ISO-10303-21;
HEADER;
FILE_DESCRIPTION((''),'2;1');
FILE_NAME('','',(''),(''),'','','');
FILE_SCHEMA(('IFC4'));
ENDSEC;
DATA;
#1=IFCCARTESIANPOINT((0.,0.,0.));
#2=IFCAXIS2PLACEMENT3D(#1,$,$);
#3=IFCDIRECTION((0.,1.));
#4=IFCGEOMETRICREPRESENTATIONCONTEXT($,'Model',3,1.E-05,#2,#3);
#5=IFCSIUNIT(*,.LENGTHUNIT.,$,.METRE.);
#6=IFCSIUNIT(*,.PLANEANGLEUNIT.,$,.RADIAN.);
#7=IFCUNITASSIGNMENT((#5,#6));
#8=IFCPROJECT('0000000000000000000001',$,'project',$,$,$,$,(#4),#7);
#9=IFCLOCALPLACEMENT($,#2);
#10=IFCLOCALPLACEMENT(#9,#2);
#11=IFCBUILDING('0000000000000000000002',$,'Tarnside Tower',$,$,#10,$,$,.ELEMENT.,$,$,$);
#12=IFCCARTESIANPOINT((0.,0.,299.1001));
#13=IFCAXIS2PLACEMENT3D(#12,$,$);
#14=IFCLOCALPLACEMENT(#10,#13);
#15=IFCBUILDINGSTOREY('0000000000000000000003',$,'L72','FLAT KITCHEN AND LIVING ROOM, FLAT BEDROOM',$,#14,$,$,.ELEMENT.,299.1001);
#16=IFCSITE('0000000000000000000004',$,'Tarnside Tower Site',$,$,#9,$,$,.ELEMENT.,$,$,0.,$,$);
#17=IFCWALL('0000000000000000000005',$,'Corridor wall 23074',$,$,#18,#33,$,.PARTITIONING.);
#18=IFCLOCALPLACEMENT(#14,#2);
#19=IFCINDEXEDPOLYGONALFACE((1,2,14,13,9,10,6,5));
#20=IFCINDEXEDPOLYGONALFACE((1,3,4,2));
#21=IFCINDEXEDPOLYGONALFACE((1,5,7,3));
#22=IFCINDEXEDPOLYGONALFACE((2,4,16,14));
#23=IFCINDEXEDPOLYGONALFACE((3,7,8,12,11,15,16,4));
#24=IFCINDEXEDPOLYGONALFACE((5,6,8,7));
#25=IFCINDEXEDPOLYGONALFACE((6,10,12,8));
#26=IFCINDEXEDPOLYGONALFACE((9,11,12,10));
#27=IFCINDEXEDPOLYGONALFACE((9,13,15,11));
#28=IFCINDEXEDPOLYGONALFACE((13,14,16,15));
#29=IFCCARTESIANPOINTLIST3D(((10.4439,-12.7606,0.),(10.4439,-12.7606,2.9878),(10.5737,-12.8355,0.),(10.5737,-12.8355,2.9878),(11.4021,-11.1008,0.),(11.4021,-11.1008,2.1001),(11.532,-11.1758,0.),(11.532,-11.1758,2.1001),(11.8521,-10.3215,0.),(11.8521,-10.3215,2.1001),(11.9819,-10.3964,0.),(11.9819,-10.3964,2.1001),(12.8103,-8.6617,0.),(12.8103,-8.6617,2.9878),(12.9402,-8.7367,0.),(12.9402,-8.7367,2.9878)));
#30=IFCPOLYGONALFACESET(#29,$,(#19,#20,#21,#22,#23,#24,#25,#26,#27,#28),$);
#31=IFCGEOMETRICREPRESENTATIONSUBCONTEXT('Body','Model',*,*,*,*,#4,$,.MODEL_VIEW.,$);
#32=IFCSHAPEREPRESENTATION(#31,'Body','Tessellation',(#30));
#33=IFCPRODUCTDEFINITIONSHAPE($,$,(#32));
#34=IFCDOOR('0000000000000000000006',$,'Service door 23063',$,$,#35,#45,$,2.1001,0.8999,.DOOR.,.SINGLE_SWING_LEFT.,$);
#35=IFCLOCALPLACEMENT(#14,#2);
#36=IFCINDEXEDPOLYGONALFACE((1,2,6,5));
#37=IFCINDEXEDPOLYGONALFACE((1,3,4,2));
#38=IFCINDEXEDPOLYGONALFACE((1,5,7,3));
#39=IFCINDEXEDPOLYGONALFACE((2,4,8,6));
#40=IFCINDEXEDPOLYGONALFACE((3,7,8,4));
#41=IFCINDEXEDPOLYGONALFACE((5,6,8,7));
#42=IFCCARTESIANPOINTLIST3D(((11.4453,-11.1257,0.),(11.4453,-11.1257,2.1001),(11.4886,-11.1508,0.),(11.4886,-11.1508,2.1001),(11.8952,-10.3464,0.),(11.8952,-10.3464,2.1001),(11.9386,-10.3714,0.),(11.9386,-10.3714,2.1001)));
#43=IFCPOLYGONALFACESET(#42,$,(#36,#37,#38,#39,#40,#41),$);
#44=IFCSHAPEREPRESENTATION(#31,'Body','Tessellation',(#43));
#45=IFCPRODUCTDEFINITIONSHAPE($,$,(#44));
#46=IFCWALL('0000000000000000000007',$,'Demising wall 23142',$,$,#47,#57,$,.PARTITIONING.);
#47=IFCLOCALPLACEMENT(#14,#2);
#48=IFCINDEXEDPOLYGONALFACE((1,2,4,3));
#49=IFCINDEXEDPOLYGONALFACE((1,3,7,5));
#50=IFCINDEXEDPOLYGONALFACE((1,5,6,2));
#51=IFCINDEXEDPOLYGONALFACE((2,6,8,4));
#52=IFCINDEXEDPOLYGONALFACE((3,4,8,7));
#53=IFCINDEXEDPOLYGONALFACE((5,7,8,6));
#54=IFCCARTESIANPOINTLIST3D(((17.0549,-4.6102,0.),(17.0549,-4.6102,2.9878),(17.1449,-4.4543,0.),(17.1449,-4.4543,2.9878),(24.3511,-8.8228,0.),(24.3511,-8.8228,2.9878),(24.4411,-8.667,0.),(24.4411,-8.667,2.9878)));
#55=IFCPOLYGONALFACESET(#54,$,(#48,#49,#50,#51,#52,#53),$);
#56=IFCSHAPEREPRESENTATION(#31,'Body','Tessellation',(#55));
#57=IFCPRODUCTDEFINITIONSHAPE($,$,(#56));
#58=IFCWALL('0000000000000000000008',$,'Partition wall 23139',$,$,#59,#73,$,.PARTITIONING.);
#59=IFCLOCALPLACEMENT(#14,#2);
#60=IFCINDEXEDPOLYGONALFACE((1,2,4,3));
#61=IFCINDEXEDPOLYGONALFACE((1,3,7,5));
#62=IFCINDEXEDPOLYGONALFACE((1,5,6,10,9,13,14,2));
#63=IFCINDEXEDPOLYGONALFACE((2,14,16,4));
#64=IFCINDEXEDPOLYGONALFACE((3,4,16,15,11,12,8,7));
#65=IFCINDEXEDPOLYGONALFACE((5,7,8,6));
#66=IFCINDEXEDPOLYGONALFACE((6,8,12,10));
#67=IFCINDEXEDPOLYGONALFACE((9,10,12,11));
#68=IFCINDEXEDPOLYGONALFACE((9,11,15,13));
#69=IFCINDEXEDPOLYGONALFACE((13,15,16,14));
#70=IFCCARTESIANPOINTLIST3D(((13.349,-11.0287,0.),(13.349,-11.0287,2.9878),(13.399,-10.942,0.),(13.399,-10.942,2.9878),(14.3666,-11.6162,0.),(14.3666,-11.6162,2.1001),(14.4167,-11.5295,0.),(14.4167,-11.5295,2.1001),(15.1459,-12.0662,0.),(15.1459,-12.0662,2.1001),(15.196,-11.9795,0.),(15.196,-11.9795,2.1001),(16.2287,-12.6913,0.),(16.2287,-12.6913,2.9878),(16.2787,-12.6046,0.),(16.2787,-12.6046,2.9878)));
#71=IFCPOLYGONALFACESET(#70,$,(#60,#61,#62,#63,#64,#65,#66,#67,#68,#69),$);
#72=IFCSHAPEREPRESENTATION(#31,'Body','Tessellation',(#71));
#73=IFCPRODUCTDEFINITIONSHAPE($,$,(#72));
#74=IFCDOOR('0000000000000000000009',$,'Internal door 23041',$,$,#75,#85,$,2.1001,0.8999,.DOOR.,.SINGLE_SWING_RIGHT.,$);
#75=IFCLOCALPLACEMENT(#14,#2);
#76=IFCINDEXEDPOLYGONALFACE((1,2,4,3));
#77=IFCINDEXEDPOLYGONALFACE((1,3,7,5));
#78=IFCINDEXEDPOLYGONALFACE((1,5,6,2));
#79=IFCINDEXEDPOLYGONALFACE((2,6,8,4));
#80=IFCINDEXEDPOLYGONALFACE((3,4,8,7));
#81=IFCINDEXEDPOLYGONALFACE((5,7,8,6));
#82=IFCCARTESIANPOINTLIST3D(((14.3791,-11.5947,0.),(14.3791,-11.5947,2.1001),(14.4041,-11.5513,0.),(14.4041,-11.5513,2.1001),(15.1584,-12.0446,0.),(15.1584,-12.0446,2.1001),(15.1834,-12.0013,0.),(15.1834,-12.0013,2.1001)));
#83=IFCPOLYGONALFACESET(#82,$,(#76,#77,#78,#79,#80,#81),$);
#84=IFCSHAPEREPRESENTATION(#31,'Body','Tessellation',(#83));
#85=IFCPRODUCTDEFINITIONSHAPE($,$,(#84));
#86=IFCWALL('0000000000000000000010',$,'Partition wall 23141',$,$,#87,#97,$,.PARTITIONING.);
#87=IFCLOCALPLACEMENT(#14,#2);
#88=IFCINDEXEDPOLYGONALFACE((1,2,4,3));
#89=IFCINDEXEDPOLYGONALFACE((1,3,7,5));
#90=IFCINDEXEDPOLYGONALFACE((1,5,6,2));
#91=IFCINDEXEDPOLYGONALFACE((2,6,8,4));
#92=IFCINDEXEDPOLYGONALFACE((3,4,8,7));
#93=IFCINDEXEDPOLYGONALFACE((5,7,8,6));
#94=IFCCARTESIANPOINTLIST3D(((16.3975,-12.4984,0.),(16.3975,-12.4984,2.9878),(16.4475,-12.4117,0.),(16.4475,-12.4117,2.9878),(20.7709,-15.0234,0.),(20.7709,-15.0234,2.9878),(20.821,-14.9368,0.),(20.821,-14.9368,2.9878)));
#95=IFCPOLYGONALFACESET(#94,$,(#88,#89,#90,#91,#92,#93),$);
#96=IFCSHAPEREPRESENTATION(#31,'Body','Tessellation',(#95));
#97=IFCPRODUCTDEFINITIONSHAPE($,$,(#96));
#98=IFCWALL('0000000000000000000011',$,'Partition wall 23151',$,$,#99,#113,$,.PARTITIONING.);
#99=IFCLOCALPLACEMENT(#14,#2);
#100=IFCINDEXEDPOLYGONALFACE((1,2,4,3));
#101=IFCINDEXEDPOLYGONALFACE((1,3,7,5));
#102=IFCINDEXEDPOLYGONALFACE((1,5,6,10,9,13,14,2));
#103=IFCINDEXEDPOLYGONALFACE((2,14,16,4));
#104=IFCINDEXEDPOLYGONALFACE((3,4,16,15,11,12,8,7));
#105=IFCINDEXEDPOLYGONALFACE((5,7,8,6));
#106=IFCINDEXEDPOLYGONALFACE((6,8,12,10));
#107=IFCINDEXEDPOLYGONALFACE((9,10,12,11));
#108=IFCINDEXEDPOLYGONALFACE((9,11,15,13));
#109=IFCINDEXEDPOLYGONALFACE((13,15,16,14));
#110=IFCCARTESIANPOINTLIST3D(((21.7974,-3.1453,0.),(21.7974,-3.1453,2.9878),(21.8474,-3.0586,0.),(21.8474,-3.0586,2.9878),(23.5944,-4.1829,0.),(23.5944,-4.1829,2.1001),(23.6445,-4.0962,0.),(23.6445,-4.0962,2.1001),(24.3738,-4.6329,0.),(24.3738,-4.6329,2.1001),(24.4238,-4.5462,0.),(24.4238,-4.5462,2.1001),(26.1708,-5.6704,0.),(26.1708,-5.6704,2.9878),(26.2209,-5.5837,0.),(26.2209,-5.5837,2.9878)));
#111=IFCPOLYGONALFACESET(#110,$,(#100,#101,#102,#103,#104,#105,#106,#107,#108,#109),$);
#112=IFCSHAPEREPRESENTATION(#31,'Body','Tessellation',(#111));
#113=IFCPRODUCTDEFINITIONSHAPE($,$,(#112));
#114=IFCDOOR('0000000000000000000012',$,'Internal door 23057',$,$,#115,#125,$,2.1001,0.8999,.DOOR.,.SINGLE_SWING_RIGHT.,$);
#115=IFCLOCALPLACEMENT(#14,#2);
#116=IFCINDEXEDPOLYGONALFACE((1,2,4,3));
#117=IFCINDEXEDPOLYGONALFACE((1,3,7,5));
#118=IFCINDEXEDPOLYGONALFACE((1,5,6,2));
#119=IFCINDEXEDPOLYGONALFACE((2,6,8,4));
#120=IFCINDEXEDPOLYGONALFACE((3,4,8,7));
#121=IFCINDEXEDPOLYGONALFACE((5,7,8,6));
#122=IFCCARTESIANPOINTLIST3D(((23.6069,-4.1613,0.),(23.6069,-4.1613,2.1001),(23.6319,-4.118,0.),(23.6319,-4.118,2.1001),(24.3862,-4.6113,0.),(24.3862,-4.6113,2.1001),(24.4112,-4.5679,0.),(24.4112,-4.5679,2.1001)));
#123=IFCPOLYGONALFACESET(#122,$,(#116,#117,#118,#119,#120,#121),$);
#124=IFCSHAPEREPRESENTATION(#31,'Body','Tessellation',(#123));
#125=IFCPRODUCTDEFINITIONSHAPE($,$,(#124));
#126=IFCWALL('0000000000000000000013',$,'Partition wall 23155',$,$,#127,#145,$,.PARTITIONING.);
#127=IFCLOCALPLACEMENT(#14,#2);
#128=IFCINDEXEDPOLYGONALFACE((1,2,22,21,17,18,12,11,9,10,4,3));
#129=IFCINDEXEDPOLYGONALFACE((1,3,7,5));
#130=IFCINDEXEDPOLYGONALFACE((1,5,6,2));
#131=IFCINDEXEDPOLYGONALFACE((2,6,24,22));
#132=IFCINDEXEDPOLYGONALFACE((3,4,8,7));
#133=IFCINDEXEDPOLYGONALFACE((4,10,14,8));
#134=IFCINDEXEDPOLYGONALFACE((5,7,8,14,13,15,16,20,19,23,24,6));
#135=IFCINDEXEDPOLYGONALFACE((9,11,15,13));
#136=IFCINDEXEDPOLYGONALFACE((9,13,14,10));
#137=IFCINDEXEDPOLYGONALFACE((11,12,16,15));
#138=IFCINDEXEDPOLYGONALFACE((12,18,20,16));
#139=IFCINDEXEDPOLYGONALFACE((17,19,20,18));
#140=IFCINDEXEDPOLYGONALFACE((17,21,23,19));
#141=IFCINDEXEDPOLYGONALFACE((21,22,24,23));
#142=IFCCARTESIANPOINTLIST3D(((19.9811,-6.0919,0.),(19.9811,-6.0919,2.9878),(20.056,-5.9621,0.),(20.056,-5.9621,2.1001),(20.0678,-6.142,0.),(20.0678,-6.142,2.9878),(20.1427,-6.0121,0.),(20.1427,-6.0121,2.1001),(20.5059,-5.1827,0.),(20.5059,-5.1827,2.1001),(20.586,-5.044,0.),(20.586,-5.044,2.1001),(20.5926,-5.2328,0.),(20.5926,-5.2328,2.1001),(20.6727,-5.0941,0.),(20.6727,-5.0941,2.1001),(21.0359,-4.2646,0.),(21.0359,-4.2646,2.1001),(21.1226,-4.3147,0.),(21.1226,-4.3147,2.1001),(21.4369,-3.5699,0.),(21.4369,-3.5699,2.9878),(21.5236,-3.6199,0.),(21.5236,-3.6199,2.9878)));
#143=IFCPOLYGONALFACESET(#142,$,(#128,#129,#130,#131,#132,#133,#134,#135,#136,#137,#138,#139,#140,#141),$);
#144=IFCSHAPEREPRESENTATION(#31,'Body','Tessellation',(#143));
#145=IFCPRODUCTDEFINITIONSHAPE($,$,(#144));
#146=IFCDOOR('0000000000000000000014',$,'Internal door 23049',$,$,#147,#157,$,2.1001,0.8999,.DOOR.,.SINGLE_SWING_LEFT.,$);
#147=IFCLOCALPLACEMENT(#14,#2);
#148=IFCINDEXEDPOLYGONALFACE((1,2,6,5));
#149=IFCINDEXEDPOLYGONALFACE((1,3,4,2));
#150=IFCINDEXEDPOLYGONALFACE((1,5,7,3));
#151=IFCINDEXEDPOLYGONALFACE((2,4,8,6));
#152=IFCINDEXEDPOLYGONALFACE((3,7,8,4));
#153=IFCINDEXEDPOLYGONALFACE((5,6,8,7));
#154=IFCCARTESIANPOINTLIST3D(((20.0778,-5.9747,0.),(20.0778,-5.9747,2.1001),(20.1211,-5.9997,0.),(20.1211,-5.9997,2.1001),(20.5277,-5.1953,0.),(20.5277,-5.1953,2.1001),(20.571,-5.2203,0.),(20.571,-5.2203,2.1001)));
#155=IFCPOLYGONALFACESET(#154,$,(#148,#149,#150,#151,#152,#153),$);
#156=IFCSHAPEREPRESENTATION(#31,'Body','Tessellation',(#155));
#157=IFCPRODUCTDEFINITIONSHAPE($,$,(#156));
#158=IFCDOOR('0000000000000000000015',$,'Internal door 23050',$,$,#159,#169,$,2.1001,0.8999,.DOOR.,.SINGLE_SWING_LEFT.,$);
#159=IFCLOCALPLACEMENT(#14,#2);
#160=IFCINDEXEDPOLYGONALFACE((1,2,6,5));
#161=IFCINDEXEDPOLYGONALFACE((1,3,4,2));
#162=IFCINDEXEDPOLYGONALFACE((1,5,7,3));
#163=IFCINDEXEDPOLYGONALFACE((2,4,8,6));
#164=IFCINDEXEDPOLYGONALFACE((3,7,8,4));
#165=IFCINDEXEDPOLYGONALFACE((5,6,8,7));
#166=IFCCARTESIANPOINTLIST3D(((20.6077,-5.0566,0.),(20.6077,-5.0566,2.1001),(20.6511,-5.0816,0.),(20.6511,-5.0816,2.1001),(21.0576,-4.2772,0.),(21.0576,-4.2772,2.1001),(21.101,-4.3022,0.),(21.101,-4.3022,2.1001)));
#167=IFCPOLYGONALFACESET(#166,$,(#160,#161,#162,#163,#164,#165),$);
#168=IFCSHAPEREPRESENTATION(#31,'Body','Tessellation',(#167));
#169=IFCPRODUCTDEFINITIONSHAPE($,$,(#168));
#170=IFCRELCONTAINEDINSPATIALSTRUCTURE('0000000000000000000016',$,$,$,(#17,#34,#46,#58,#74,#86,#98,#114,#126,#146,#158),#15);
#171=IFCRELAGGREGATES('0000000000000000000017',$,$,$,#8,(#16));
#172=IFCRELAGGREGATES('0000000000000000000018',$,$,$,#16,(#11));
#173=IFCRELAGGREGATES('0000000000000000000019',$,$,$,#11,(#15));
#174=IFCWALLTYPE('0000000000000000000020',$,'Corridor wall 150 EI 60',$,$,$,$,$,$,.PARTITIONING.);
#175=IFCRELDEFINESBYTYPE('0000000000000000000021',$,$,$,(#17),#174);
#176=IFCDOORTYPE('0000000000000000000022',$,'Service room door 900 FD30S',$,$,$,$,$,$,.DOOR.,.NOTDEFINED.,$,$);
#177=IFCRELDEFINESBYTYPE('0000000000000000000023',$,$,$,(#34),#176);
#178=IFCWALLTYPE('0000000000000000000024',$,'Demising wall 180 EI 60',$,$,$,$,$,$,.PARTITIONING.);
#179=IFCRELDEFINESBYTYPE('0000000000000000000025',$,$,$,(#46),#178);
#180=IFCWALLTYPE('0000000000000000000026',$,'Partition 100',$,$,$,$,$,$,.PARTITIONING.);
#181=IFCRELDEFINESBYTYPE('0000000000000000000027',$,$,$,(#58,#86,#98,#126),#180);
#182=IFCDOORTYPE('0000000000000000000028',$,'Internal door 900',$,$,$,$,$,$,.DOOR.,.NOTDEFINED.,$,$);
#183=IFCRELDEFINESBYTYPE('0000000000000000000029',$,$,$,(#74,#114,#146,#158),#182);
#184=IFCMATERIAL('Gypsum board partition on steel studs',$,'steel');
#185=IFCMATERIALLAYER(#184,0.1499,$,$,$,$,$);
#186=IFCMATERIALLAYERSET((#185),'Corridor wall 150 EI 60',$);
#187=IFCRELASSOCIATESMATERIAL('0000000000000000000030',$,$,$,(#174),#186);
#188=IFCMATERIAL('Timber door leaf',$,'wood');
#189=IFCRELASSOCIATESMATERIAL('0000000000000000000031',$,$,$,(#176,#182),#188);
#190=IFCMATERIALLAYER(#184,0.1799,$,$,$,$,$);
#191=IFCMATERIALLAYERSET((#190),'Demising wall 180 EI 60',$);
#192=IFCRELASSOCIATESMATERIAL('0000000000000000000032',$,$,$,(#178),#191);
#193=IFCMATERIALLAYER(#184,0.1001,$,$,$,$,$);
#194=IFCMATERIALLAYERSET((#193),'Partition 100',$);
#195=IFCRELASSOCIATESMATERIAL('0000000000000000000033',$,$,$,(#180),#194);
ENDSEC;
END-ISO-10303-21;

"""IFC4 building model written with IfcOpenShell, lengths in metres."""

from ifc_helpers import new_model, si_unit, direction, frame, frame_2d, origin, place, context, subcontext, project, spatial, rectangle, extrude, material, layer, layer_set, type_object, element, fill, save


model = new_model("IFC4")

# Units and contexts
model_context = context("Model", 3, precision=1e-05, world=origin(), true_north=direction((0.0, 1.0)))
body_context = subcontext(model_context, "Body", "Model", "MODEL_VIEW")
ifc_project = project(units=[si_unit("LENGTHUNIT", "METRE"), si_unit("PLANEANGLEUNIT", "RADIAN")], contexts=[model_context])

# Site, building, storey
site_placement = place(None, origin())
site = spatial("IfcSite", under=ifc_project, at=site_placement, Name="Tarnside Tower Site", CompositionType="ELEMENT", RefElevation=0.0)
building_placement = place(site_placement, origin())
building = spatial("IfcBuilding", under=site, at=building_placement, Name="Tarnside Tower", CompositionType="ELEMENT")
storey_placement = place(building_placement, frame((0.0, 0.0, 299.1001)))
storey = spatial("IfcBuildingStorey", under=building, at=storey_placement, Name="L72", Description="FLAT KITCHEN AND LIVING ROOM, FLAT BEDROOM", CompositionType="ELEMENT", Elevation=299.1001)

# Shared definitions
ifc_material_1 = material(Name="Gypsum board partition on steel studs", Category="steel")
ifc_material_2 = material(Name="Timber door leaf", Category="wood")

# Shared definitions
ifc_layer_1 = layer(ifc_material_1, 0.1499)
ifc_layer_set_1 = layer_set([ifc_layer_1], Name="Corridor wall 150 EI 60")
wall_type_1 = type_object("IfcWallType", Name="Corridor wall 150 EI 60", PredefinedType="PARTITIONING", material=ifc_layer_set_1)

# Wall, opening, door
wall_1_placement = place(storey_placement, frame((12.8752, -8.6992, 0.0), z_axis=(0.0, 0.0, 1.0), x_axis=(-0.499995, -0.866028, 0.0)))
wall_1 = element("IfcWall", 1, at=wall_1_placement, inside=storey, type_object=wall_type_1, Name="Corridor wall 23074", PredefinedType="PARTITIONING", context=body_context, shape_type="SweptSolid", body=[
    extrude(rectangle(XDim=4.7329, YDim=0.1499, at=frame_2d((2.3665, 0.0))), origin(), (0.0, 0.0, 1.0), 2.9878),
])
opening_1_placement = place(wall_1_placement, frame((1.9165, 0.0, 0.0)))
opening_1 = element("IfcOpeningElement", 2, at=opening_1_placement, cuts=wall_1, PredefinedType="OPENING", context=body_context, shape_type="SweptSolid", body=[
    extrude(rectangle(XDim=0.8999, YDim=2.1001, at=frame_2d((0.45, 1.05))), frame((0.0, 0.085, 0.0), z_axis=(0.0, -1.0, 0.0), x_axis=(1.0, 0.0, 0.0)), (0.0, 0.0, 1.0), 0.1699),
])
door_type_1 = type_object("IfcDoorType", Name="Service room door 900 FD30S", OperationType="NOTDEFINED", PredefinedType="DOOR", material=ifc_material_2)
door_1_placement = place(opening_1_placement, origin())
door_1 = element("IfcDoor", 3, at=door_1_placement, inside=storey, type_object=door_type_1, Name="Service door 23063", OperationType="SINGLE_SWING_LEFT", OverallHeight=2.1001, OverallWidth=0.8999, PredefinedType="DOOR", context=body_context, shape_type="SweptSolid", body=[
    extrude(rectangle(XDim=0.8999, YDim=2.1001, at=frame_2d((0.45, 1.05))), frame((0.0, 0.0249, 0.0), z_axis=(0.0, -1.0, 0.0), x_axis=(1.0, 0.0, 0.0)), (0.0, 0.0, 1.0), 0.05),
])
fill(opening_1, door_1)

# Wall
ifc_layer_2 = layer(ifc_material_1, 0.1799)
ifc_layer_set_2 = layer_set([ifc_layer_2], Name="Demising wall 180 EI 60")
wall_type_2 = type_object("IfcWallType", Name="Demising wall 180 EI 60", PredefinedType="PARTITIONING", material=ifc_layer_set_2)
wall_2_placement = place(storey_placement, frame((24.396, -8.7449, 0.0), z_axis=(0.0, 0.0, 1.0), x_axis=(-0.866014, 0.500019, 0.0)))
element("IfcWall", 4, at=wall_2_placement, inside=storey, type_object=wall_type_2, Name="Demising wall 23142", PredefinedType="PARTITIONING", context=body_context, shape_type="SweptSolid", body=[
    extrude(rectangle(XDim=8.425, YDim=0.1799, at=frame_2d((4.2124, 0.0))), origin(), (0.0, 0.0, 1.0), 2.9878),
])

# Wall, opening, door
ifc_layer_3 = layer(ifc_material_1, 0.1001)
ifc_layer_set_3 = layer_set([ifc_layer_3], Name="Partition 100")
wall_type_3 = type_object("IfcWallType", Name="Partition 100", PredefinedType="PARTITIONING", material=ifc_layer_set_3)
wall_3_placement = place(storey_placement, frame((13.374, -10.9854, 0.0), z_axis=(0.0, 0.0, 1.0), x_axis=(0.866021, -0.500008, 0.0)))
wall_3 = element("IfcWall", 5, at=wall_3_placement, inside=storey, type_object=wall_type_3, Name="Partition wall 23139", PredefinedType="PARTITIONING", context=body_context, shape_type="SweptSolid", body=[
    extrude(rectangle(XDim=3.3252, YDim=0.1001, at=frame_2d((1.6626, 0.0))), origin(), (0.0, 0.0, 1.0), 2.9878),
])
opening_2_placement = place(wall_3_placement, frame((1.175, 0.0, 0.0)))
opening_2 = element("IfcOpeningElement", 6, at=opening_2_placement, cuts=wall_3, PredefinedType="OPENING", context=body_context, shape_type="SweptSolid", body=[
    extrude(rectangle(XDim=0.8999, YDim=2.1001, at=frame_2d((0.45, 1.05))), frame((0.0, 0.0601, 0.0), z_axis=(0.0, -1.0, 0.0), x_axis=(1.0, 0.0, 0.0)), (0.0, 0.0, 1.0), 0.1201),
])
door_type_2 = type_object("IfcDoorType", Name="Internal door 900", OperationType="NOTDEFINED", PredefinedType="DOOR", material=ifc_material_2)
door_2_placement = place(opening_2_placement, origin())
door_2 = element("IfcDoor", 7, at=door_2_placement, inside=storey, type_object=door_type_2, Name="Internal door 23041", OperationType="SINGLE_SWING_RIGHT", OverallHeight=2.1001, OverallWidth=0.8999, PredefinedType="DOOR", context=body_context, shape_type="SweptSolid", body=[
    extrude(rectangle(XDim=0.8999, YDim=2.1001, at=frame_2d((0.45, 1.05))), frame((0.0, 0.0249, 0.0), z_axis=(0.0, -1.0, 0.0), x_axis=(1.0, 0.0, 0.0)), (0.0, 0.0, 1.0), 0.05),
])
fill(opening_2, door_2)

# Wall
wall_4_placement = place(storey_placement, frame((16.4226, -12.4551, 0.0), z_axis=(0.0, 0.0, 1.0), x_axis=(0.866018, -0.500013, 0.0)))
element("IfcWall", 8, at=wall_4_placement, inside=storey, type_object=wall_type_3, Name="Partition wall 23141", PredefinedType="PARTITIONING", context=body_context, shape_type="SweptSolid", body=[
    extrude(rectangle(XDim=5.05, YDim=0.1001, at=frame_2d((2.5249, 0.0))), origin(), (0.0, 0.0, 1.0), 2.9878),
])

# Wall, opening, door
wall_5_placement = place(storey_placement, frame((21.8225, -3.1021, 0.0), z_axis=(0.0, 0.0, 1.0), x_axis=(0.866018, -0.500013, 0.0)))
wall_5 = element("IfcWall", 9, at=wall_5_placement, inside=storey, type_object=wall_type_3, Name="Partition wall 23151", PredefinedType="PARTITIONING", context=body_context, shape_type="SweptSolid", body=[
    extrude(rectangle(XDim=5.05, YDim=0.1001, at=frame_2d((2.5249, 0.0))), origin(), (0.0, 0.0, 1.0), 2.9878),
])
opening_3_placement = place(wall_5_placement, frame((2.075, 0.0, 0.0)))
opening_3 = element("IfcOpeningElement", 10, at=opening_3_placement, cuts=wall_5, PredefinedType="OPENING", context=body_context, shape_type="SweptSolid", body=[
    extrude(rectangle(XDim=0.8999, YDim=2.1001, at=frame_2d((0.45, 1.05))), frame((0.0, 0.0601, 0.0), z_axis=(0.0, -1.0, 0.0), x_axis=(1.0, 0.0, 0.0)), (0.0, 0.0, 1.0), 0.1201),
])
door_3_placement = place(opening_3_placement, origin())
door_3 = element("IfcDoor", 11, at=door_3_placement, inside=storey, type_object=door_type_2, Name="Internal door 23057", OperationType="SINGLE_SWING_RIGHT", OverallHeight=2.1001, OverallWidth=0.8999, PredefinedType="DOOR", context=body_context, shape_type="SweptSolid", body=[
    extrude(rectangle(XDim=0.8999, YDim=2.1001, at=frame_2d((0.45, 1.05))), frame((0.0, 0.0249, 0.0), z_axis=(0.0, -1.0, 0.0), x_axis=(1.0, 0.0, 0.0)), (0.0, 0.0, 1.0), 0.05),
])
fill(opening_3, door_3)

# Wall, openings, doors
wall_6_placement = place(storey_placement, frame((20.0244, -6.1169, 0.0), z_axis=(0.0, 0.0, 1.0), x_axis=(0.499935, 0.866063, 0.0)))
wall_6 = element("IfcWall", 12, at=wall_6_placement, inside=storey, type_object=wall_type_3, Name="Partition wall 23155", PredefinedType="PARTITIONING", context=body_context, shape_type="SweptSolid", body=[
    extrude(rectangle(XDim=2.9121, YDim=0.1001, at=frame_2d((1.4561, 0.0))), origin(), (0.0, 0.0, 1.0), 2.9878),
])
opening_4_placement = place(wall_6_placement, frame((0.1499, 0.0, 0.0)))
opening_4 = element("IfcOpeningElement", 13, at=opening_4_placement, cuts=wall_6, PredefinedType="OPENING", context=body_context, shape_type="SweptSolid", body=[
    extrude(rectangle(XDim=0.8999, YDim=2.1001, at=frame_2d((0.45, 1.05))), frame((0.0, 0.0601, 0.0), z_axis=(0.0, -1.0, 0.0), x_axis=(1.0, 0.0, 0.0)), (0.0, 0.0, 1.0), 0.1201),
])
opening_5_placement = place(wall_6_placement, frame((1.21, 0.0, 0.0)))
opening_5 = element("IfcOpeningElement", 14, at=opening_5_placement, cuts=wall_6, PredefinedType="OPENING", context=body_context, shape_type="SweptSolid", body=[
    extrude(rectangle(XDim=0.8999, YDim=2.1001, at=frame_2d((0.45, 1.05))), frame((0.0, 0.0601, 0.0), z_axis=(0.0, -1.0, 0.0), x_axis=(1.0, 0.0, 0.0)), (0.0, 0.0, 1.0), 0.1201),
])
door_4_placement = place(opening_4_placement, origin())
door_4 = element("IfcDoor", 15, at=door_4_placement, inside=storey, type_object=door_type_2, Name="Internal door 23049", OperationType="SINGLE_SWING_LEFT", OverallHeight=2.1001, OverallWidth=0.8999, PredefinedType="DOOR", context=body_context, shape_type="SweptSolid", body=[
    extrude(rectangle(XDim=0.8999, YDim=2.1001, at=frame_2d((0.45, 1.05))), frame((0.0, 0.0249, 0.0), z_axis=(0.0, -1.0, 0.0), x_axis=(1.0, 0.0, 0.0)), (0.0, 0.0, 1.0), 0.05),
])
fill(opening_4, door_4)
door_5_placement = place(opening_5_placement, origin())
door_5 = element("IfcDoor", 16, at=door_5_placement, inside=storey, type_object=door_type_2, Name="Internal door 23050", OperationType="SINGLE_SWING_LEFT", OverallHeight=2.1001, OverallWidth=0.8999, PredefinedType="DOOR", context=body_context, shape_type="SweptSolid", body=[
    extrude(rectangle(XDim=0.8999, YDim=2.1001, at=frame_2d((0.45, 1.05))), frame((0.0, 0.0249, 0.0), z_axis=(0.0, -1.0, 0.0), x_axis=(1.0, 0.0, 0.0)), (0.0, 0.0, 1.0), 0.05),
])
fill(opening_5, door_5)

save(model, "model.ifc")
